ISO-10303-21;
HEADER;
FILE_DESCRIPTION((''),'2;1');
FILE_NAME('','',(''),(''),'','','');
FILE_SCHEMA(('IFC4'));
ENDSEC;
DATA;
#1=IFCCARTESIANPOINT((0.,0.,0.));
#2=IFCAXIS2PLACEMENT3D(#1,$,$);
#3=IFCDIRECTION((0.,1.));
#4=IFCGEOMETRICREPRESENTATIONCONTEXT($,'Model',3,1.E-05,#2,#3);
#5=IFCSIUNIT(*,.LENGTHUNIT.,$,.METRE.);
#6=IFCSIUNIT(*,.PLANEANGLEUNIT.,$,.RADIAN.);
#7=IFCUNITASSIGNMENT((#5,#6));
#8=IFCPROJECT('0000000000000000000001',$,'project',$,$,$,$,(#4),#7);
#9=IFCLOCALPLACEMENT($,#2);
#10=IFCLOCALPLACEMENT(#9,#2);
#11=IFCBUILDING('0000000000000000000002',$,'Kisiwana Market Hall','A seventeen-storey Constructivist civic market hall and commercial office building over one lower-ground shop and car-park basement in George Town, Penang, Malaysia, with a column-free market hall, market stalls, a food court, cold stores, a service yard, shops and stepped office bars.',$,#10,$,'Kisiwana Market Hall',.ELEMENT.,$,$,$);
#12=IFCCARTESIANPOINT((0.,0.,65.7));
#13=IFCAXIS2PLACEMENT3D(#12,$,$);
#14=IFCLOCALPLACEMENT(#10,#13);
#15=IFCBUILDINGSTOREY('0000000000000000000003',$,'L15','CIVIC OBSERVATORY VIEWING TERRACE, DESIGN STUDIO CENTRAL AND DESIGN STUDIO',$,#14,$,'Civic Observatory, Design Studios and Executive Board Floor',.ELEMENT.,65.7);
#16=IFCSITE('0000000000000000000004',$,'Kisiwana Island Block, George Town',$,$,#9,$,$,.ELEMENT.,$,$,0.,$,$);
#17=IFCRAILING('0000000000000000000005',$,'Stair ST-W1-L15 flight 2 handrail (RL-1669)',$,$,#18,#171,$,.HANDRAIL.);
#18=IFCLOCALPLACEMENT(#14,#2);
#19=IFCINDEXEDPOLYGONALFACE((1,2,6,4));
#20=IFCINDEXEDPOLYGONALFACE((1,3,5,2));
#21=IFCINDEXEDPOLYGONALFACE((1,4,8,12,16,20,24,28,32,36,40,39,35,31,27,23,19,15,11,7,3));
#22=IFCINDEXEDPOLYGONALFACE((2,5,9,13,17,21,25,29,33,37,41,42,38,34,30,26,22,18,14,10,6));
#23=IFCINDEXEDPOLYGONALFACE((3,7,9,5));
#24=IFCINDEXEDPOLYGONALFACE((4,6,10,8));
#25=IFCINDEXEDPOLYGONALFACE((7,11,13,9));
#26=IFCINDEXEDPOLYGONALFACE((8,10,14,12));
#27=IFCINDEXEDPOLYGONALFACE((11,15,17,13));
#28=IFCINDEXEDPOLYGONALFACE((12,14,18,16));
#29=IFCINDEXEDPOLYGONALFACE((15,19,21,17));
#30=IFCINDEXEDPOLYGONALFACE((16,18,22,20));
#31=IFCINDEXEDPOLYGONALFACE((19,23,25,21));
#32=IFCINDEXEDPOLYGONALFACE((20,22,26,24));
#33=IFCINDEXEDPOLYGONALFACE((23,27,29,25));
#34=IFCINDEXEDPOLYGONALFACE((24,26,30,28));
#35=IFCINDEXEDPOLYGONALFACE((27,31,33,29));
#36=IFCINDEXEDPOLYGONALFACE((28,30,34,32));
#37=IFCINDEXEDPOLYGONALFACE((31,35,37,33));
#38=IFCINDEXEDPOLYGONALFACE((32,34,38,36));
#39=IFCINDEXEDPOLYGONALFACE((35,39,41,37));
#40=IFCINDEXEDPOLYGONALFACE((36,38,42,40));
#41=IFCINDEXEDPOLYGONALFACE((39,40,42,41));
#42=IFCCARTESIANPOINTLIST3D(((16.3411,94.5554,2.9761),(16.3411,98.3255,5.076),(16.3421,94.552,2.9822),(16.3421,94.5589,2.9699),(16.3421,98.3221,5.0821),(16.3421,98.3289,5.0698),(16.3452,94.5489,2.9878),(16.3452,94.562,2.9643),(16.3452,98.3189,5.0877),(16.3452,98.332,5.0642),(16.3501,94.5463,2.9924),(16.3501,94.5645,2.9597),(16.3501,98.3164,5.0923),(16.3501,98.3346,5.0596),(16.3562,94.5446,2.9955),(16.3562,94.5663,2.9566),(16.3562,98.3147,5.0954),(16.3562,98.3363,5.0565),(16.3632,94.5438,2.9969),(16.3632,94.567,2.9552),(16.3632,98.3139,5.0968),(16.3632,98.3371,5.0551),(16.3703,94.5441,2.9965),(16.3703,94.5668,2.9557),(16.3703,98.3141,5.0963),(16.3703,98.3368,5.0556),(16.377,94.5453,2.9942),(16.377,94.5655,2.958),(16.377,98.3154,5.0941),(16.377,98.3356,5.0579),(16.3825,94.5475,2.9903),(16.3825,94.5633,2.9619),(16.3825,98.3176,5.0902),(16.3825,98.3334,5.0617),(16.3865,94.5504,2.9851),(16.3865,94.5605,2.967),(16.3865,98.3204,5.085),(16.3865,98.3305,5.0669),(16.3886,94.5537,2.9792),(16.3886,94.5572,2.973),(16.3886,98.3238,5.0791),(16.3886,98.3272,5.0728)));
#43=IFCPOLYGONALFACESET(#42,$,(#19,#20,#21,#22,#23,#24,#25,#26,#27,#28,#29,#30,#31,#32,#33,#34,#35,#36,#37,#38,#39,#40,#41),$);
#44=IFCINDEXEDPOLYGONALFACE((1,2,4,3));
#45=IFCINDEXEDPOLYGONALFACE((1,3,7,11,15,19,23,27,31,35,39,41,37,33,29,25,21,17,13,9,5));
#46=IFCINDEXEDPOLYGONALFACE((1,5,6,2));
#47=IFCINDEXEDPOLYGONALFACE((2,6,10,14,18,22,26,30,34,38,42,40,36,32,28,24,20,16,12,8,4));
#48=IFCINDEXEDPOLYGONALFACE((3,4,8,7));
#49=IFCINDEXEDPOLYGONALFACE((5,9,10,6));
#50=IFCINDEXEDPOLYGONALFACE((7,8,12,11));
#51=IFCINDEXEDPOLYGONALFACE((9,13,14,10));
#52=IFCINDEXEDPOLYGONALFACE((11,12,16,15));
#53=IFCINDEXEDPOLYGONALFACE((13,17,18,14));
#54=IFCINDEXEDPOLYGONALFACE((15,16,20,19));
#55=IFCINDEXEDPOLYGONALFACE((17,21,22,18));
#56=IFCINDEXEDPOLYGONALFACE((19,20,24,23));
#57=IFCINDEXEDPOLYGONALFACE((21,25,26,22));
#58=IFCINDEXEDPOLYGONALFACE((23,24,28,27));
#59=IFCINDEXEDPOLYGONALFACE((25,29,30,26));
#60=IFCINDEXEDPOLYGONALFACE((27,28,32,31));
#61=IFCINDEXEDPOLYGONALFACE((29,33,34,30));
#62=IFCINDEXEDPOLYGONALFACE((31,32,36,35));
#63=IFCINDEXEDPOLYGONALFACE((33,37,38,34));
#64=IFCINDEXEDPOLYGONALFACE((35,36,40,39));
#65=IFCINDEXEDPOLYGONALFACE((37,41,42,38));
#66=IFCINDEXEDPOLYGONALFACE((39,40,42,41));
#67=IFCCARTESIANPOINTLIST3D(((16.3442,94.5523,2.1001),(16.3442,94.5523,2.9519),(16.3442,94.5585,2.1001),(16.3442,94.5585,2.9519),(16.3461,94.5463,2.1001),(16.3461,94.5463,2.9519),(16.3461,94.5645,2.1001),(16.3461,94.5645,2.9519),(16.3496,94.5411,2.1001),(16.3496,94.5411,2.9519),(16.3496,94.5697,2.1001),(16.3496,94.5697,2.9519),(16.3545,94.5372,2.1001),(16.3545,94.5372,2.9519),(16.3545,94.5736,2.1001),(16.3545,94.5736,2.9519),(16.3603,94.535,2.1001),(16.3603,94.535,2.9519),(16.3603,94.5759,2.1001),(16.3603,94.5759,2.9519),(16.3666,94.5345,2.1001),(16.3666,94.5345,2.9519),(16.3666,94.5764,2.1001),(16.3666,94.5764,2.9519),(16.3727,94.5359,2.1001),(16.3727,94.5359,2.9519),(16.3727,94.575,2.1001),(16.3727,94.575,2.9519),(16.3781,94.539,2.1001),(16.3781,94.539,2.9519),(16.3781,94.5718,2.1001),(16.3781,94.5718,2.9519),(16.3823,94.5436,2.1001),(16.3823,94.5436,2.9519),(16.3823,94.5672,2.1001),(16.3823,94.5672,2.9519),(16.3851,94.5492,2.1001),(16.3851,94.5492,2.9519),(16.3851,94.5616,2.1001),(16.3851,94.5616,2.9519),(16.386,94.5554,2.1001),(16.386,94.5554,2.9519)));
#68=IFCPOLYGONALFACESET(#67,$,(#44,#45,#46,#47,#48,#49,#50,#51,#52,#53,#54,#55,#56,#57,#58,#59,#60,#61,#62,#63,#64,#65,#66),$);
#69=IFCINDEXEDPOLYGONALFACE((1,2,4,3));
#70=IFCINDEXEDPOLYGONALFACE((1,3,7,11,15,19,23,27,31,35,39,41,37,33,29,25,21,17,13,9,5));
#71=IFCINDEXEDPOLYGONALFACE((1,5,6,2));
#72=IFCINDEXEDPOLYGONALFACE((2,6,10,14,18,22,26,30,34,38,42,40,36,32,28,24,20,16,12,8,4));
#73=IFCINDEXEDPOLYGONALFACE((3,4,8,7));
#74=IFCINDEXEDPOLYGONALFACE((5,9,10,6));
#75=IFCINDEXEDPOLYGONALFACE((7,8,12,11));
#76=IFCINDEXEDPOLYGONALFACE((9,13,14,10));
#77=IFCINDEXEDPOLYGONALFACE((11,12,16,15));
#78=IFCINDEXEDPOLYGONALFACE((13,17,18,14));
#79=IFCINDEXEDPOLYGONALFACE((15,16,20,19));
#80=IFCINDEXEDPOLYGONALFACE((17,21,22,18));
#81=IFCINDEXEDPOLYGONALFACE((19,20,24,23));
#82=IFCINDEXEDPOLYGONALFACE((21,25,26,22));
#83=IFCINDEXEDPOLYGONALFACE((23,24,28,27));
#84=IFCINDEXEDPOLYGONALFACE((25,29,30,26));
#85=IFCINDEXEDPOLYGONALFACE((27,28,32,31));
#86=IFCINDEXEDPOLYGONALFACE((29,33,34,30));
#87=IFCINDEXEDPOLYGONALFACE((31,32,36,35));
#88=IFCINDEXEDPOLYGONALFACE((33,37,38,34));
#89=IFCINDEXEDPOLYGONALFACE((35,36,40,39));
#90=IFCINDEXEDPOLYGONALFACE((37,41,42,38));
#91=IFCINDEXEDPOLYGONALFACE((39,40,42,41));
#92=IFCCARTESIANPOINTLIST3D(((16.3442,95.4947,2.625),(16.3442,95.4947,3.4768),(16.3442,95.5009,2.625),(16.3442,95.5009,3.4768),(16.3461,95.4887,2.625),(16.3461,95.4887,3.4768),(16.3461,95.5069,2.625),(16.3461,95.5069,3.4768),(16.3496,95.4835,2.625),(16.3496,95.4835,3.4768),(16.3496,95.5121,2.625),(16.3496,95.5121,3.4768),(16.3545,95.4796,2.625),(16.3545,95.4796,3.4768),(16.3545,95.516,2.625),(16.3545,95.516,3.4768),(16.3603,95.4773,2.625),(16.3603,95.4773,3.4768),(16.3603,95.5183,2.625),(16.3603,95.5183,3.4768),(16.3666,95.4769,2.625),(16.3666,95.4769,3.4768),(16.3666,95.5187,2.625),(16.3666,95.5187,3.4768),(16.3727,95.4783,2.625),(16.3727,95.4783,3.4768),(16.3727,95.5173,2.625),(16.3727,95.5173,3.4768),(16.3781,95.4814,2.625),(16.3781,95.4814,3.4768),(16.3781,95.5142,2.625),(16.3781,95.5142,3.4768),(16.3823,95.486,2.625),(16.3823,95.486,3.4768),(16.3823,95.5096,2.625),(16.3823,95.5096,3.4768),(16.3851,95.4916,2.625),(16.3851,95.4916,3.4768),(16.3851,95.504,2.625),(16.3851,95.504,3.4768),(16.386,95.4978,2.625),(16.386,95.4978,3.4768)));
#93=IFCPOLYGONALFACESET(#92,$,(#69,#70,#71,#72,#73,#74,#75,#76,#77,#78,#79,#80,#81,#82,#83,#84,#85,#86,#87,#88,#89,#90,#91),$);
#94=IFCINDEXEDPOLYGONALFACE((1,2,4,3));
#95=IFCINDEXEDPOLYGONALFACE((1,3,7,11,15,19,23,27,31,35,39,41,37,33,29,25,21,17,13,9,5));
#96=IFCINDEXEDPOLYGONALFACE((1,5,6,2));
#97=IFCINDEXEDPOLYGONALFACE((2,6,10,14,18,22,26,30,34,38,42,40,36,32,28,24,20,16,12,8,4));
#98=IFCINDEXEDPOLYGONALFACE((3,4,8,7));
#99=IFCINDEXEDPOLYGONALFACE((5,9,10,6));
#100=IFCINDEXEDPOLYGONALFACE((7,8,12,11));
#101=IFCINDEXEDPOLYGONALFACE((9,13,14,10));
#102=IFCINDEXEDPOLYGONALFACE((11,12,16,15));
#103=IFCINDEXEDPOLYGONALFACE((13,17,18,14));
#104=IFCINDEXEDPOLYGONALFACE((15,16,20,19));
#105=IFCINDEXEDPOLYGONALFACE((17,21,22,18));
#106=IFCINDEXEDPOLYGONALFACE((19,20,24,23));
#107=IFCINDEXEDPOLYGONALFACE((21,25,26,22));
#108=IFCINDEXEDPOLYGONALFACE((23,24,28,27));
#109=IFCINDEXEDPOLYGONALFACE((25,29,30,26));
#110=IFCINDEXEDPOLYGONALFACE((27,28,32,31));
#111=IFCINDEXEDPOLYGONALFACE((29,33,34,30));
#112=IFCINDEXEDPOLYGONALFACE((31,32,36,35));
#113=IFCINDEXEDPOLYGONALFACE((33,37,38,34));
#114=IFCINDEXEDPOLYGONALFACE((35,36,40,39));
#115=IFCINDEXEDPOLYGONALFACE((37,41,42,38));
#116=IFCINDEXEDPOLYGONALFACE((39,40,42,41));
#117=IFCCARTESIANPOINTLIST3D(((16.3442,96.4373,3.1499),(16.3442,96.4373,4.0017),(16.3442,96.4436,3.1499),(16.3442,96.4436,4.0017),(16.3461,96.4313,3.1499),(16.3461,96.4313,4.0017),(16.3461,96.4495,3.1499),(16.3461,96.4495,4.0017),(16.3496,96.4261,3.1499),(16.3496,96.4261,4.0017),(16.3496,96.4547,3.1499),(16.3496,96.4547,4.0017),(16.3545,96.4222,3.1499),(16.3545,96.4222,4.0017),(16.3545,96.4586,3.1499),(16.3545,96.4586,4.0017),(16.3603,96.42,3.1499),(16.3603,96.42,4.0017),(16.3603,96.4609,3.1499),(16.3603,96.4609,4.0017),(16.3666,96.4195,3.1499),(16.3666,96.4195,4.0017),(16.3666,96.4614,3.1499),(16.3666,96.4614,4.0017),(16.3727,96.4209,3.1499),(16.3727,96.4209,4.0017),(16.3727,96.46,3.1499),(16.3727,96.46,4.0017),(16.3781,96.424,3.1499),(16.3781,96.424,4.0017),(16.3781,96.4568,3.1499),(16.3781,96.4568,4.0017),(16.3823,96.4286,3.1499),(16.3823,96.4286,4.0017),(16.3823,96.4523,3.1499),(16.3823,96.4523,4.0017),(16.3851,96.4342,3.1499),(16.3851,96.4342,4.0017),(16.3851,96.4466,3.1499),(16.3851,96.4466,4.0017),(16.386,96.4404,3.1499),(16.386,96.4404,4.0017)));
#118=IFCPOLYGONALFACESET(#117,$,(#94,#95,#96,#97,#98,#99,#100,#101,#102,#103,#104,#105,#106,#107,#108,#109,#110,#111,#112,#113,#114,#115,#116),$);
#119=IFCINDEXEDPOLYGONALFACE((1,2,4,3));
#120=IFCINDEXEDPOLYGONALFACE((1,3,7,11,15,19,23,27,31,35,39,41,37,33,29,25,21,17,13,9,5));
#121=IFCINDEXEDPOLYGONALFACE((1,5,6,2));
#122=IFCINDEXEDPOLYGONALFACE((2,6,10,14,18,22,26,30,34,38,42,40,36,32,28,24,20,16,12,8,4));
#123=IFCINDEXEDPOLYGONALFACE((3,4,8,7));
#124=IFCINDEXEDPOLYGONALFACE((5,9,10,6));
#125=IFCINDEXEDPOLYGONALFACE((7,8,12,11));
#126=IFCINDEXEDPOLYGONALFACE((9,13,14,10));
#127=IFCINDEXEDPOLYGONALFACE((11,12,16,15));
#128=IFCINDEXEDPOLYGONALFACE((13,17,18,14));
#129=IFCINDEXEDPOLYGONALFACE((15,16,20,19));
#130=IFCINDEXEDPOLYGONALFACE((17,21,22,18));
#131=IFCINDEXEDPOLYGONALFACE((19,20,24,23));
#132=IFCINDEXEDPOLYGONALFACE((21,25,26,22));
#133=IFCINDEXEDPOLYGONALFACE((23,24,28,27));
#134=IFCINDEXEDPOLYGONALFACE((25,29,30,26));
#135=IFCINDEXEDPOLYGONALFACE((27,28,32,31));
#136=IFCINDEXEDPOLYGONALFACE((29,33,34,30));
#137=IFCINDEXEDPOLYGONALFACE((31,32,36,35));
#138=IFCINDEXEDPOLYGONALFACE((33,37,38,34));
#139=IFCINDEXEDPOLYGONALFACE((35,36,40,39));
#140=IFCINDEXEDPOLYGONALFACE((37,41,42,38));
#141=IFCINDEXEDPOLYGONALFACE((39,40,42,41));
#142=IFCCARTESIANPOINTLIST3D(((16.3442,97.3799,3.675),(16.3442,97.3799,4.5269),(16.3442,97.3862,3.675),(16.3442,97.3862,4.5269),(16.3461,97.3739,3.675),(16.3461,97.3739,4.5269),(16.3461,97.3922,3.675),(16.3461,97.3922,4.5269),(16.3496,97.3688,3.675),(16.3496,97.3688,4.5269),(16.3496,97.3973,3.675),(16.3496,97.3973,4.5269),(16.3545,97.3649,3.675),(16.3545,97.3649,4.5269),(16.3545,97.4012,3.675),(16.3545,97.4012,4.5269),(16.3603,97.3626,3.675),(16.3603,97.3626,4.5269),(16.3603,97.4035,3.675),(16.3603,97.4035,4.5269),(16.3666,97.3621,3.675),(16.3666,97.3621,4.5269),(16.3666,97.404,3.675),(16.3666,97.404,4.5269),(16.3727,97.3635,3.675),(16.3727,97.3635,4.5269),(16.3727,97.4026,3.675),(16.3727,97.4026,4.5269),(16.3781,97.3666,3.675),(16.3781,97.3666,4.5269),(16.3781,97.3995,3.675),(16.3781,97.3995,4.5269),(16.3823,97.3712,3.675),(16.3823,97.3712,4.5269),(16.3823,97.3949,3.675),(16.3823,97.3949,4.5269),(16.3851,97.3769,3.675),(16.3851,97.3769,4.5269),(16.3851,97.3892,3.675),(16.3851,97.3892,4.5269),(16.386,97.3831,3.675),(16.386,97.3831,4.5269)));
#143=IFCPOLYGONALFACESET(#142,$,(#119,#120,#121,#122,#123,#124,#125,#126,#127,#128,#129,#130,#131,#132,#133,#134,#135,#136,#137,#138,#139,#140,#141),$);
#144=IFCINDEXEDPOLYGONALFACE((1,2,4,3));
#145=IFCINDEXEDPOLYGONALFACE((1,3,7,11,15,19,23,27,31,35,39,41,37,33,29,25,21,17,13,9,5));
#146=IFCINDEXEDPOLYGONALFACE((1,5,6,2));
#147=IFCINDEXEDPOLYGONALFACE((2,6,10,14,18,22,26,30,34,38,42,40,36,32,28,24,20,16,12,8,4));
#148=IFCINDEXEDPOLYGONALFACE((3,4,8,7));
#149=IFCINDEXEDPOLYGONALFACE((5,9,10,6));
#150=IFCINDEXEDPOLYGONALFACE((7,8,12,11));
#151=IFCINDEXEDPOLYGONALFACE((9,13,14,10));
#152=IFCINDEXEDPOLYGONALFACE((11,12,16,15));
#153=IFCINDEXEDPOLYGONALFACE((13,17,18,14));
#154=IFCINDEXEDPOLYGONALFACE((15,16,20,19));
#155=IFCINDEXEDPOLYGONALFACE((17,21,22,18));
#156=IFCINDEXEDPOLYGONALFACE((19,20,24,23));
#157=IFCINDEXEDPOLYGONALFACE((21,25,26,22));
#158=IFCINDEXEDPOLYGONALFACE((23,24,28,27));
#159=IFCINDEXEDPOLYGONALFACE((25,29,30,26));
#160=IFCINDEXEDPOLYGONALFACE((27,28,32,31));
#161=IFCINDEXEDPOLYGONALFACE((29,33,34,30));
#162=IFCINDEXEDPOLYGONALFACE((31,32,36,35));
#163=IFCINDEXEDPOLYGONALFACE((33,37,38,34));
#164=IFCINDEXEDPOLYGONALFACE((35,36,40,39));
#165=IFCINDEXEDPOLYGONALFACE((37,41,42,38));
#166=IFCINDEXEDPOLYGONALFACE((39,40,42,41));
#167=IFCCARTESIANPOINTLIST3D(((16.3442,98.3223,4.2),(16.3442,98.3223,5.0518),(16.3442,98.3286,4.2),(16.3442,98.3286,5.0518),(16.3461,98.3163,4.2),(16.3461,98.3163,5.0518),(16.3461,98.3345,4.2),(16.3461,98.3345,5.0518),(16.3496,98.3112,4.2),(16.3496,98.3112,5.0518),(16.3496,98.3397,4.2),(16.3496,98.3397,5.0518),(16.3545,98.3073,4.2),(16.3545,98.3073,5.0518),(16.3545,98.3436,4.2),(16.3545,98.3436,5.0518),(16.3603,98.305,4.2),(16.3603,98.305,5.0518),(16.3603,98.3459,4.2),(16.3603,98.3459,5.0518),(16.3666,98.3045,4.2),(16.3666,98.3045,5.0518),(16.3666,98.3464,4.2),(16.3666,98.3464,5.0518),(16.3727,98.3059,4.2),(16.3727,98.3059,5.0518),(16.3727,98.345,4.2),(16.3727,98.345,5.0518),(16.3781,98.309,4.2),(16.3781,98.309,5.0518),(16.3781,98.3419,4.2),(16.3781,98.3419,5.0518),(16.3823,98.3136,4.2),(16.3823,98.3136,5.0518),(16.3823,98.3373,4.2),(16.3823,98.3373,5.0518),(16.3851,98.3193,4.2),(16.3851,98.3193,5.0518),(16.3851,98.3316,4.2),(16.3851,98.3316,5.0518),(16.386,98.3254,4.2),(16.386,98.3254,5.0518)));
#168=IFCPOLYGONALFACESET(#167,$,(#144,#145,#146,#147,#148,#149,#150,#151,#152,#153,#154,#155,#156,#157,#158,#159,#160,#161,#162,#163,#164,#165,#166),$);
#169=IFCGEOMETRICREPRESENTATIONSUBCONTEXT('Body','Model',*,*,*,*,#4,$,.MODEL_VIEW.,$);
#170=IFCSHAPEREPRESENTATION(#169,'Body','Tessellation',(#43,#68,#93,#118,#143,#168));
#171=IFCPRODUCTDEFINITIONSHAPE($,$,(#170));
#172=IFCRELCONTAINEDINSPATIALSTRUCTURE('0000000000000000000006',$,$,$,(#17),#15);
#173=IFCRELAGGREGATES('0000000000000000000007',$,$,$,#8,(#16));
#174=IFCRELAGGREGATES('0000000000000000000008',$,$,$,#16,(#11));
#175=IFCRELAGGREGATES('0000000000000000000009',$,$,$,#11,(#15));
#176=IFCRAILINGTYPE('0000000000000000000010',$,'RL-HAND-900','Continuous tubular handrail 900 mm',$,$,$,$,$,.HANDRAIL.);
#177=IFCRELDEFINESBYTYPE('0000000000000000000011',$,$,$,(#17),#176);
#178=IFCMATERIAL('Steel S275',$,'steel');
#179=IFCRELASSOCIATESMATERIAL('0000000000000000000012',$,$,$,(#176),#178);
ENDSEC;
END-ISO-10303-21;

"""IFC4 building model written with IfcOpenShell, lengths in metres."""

from ifc_helpers import new_model, si_unit, direction, frame, origin, origin_2d, place, context, subcontext, project, spatial, circle, extrude, material, type_object, element, save


model = new_model("IFC4")

# Units and contexts
model_context = context("Model", 3, precision=1e-05, world=origin(), true_north=direction((0.0, 1.0)))
body_context = subcontext(model_context, "Body", "Model", "MODEL_VIEW")
ifc_project = project(units=[si_unit("LENGTHUNIT", "METRE"), si_unit("PLANEANGLEUNIT", "RADIAN")], contexts=[model_context])

# Site, building, storey
site_placement = place(None, origin())
site = spatial("IfcSite", under=ifc_project, at=site_placement, Name="Kisiwana Island Block, George Town", CompositionType="ELEMENT", RefElevation=0.0)
building_placement = place(site_placement, origin())
building = spatial("IfcBuilding", under=site, at=building_placement, Name="Kisiwana Market Hall", Description="A seventeen-storey Constructivist civic market hall and commercial office building over one lower-ground shop and car-park basement in George Town, Penang, Malaysia, with a column-free market hall, market stalls, a food court, cold stores, a service yard, shops and stepped office bars.", LongName="Kisiwana Market Hall", CompositionType="ELEMENT")
storey_placement = place(building_placement, frame((0.0, 0.0, 65.7)))
storey = spatial("IfcBuildingStorey", under=building, at=storey_placement, Name="L15", Description="CIVIC OBSERVATORY VIEWING TERRACE, DESIGN STUDIO CENTRAL AND DESIGN STUDIO", LongName="Civic Observatory, Design Studios and Executive Board Floor", CompositionType="ELEMENT", Elevation=65.7)

# Railing
ifc_material_1 = material(Name="Steel S275", Category="steel")
railing_type_1 = type_object("IfcRailingType", Name="RL-HAND-900", Description="Continuous tubular handrail 900 mm", PredefinedType="HANDRAIL", material=ifc_material_1)
railing_1_placement = place(storey_placement, frame((16.365, 94.5554, 2.1001)))
element("IfcRailing", 1, at=railing_1_placement, inside=storey, type_object=railing_type_1, Name="Stair ST-W1-L15 flight 2 handrail (RL-1669)", PredefinedType="HANDRAIL", context=body_context, shape_type="SweptSolid", body=[
    extrude(circle(Radius=0.0239, at=origin_2d()), frame((0.0, 0.0, 0.876), z_axis=(0.0, 0.873626, 0.486599), x_axis=(-1.0, 0.0, 0.0)), (0.0, 0.0, 1.0), 4.3154),
    extrude(circle(Radius=0.021, at=origin_2d()), origin(), (0.0, 0.0, 1.0), 0.8518),
    extrude(circle(Radius=0.021, at=origin_2d()), frame((0.0, 0.9424, 0.5249)), (0.0, 0.0, 1.0), 0.8518),
    extrude(circle(Radius=0.021, at=origin_2d()), frame((0.0, 1.885, 1.0498)), (0.0, 0.0, 1.0), 0.8518),
    extrude(circle(Radius=0.021, at=origin_2d()), frame((0.0, 2.8276, 1.575)), (0.0, 0.0, 1.0), 0.8518),
    extrude(circle(Radius=0.021, at=origin_2d()), frame((0.0, 3.77, 2.0999)), (0.0, 0.0, 1.0), 0.8518),
])

save(model, "model.ifc")
